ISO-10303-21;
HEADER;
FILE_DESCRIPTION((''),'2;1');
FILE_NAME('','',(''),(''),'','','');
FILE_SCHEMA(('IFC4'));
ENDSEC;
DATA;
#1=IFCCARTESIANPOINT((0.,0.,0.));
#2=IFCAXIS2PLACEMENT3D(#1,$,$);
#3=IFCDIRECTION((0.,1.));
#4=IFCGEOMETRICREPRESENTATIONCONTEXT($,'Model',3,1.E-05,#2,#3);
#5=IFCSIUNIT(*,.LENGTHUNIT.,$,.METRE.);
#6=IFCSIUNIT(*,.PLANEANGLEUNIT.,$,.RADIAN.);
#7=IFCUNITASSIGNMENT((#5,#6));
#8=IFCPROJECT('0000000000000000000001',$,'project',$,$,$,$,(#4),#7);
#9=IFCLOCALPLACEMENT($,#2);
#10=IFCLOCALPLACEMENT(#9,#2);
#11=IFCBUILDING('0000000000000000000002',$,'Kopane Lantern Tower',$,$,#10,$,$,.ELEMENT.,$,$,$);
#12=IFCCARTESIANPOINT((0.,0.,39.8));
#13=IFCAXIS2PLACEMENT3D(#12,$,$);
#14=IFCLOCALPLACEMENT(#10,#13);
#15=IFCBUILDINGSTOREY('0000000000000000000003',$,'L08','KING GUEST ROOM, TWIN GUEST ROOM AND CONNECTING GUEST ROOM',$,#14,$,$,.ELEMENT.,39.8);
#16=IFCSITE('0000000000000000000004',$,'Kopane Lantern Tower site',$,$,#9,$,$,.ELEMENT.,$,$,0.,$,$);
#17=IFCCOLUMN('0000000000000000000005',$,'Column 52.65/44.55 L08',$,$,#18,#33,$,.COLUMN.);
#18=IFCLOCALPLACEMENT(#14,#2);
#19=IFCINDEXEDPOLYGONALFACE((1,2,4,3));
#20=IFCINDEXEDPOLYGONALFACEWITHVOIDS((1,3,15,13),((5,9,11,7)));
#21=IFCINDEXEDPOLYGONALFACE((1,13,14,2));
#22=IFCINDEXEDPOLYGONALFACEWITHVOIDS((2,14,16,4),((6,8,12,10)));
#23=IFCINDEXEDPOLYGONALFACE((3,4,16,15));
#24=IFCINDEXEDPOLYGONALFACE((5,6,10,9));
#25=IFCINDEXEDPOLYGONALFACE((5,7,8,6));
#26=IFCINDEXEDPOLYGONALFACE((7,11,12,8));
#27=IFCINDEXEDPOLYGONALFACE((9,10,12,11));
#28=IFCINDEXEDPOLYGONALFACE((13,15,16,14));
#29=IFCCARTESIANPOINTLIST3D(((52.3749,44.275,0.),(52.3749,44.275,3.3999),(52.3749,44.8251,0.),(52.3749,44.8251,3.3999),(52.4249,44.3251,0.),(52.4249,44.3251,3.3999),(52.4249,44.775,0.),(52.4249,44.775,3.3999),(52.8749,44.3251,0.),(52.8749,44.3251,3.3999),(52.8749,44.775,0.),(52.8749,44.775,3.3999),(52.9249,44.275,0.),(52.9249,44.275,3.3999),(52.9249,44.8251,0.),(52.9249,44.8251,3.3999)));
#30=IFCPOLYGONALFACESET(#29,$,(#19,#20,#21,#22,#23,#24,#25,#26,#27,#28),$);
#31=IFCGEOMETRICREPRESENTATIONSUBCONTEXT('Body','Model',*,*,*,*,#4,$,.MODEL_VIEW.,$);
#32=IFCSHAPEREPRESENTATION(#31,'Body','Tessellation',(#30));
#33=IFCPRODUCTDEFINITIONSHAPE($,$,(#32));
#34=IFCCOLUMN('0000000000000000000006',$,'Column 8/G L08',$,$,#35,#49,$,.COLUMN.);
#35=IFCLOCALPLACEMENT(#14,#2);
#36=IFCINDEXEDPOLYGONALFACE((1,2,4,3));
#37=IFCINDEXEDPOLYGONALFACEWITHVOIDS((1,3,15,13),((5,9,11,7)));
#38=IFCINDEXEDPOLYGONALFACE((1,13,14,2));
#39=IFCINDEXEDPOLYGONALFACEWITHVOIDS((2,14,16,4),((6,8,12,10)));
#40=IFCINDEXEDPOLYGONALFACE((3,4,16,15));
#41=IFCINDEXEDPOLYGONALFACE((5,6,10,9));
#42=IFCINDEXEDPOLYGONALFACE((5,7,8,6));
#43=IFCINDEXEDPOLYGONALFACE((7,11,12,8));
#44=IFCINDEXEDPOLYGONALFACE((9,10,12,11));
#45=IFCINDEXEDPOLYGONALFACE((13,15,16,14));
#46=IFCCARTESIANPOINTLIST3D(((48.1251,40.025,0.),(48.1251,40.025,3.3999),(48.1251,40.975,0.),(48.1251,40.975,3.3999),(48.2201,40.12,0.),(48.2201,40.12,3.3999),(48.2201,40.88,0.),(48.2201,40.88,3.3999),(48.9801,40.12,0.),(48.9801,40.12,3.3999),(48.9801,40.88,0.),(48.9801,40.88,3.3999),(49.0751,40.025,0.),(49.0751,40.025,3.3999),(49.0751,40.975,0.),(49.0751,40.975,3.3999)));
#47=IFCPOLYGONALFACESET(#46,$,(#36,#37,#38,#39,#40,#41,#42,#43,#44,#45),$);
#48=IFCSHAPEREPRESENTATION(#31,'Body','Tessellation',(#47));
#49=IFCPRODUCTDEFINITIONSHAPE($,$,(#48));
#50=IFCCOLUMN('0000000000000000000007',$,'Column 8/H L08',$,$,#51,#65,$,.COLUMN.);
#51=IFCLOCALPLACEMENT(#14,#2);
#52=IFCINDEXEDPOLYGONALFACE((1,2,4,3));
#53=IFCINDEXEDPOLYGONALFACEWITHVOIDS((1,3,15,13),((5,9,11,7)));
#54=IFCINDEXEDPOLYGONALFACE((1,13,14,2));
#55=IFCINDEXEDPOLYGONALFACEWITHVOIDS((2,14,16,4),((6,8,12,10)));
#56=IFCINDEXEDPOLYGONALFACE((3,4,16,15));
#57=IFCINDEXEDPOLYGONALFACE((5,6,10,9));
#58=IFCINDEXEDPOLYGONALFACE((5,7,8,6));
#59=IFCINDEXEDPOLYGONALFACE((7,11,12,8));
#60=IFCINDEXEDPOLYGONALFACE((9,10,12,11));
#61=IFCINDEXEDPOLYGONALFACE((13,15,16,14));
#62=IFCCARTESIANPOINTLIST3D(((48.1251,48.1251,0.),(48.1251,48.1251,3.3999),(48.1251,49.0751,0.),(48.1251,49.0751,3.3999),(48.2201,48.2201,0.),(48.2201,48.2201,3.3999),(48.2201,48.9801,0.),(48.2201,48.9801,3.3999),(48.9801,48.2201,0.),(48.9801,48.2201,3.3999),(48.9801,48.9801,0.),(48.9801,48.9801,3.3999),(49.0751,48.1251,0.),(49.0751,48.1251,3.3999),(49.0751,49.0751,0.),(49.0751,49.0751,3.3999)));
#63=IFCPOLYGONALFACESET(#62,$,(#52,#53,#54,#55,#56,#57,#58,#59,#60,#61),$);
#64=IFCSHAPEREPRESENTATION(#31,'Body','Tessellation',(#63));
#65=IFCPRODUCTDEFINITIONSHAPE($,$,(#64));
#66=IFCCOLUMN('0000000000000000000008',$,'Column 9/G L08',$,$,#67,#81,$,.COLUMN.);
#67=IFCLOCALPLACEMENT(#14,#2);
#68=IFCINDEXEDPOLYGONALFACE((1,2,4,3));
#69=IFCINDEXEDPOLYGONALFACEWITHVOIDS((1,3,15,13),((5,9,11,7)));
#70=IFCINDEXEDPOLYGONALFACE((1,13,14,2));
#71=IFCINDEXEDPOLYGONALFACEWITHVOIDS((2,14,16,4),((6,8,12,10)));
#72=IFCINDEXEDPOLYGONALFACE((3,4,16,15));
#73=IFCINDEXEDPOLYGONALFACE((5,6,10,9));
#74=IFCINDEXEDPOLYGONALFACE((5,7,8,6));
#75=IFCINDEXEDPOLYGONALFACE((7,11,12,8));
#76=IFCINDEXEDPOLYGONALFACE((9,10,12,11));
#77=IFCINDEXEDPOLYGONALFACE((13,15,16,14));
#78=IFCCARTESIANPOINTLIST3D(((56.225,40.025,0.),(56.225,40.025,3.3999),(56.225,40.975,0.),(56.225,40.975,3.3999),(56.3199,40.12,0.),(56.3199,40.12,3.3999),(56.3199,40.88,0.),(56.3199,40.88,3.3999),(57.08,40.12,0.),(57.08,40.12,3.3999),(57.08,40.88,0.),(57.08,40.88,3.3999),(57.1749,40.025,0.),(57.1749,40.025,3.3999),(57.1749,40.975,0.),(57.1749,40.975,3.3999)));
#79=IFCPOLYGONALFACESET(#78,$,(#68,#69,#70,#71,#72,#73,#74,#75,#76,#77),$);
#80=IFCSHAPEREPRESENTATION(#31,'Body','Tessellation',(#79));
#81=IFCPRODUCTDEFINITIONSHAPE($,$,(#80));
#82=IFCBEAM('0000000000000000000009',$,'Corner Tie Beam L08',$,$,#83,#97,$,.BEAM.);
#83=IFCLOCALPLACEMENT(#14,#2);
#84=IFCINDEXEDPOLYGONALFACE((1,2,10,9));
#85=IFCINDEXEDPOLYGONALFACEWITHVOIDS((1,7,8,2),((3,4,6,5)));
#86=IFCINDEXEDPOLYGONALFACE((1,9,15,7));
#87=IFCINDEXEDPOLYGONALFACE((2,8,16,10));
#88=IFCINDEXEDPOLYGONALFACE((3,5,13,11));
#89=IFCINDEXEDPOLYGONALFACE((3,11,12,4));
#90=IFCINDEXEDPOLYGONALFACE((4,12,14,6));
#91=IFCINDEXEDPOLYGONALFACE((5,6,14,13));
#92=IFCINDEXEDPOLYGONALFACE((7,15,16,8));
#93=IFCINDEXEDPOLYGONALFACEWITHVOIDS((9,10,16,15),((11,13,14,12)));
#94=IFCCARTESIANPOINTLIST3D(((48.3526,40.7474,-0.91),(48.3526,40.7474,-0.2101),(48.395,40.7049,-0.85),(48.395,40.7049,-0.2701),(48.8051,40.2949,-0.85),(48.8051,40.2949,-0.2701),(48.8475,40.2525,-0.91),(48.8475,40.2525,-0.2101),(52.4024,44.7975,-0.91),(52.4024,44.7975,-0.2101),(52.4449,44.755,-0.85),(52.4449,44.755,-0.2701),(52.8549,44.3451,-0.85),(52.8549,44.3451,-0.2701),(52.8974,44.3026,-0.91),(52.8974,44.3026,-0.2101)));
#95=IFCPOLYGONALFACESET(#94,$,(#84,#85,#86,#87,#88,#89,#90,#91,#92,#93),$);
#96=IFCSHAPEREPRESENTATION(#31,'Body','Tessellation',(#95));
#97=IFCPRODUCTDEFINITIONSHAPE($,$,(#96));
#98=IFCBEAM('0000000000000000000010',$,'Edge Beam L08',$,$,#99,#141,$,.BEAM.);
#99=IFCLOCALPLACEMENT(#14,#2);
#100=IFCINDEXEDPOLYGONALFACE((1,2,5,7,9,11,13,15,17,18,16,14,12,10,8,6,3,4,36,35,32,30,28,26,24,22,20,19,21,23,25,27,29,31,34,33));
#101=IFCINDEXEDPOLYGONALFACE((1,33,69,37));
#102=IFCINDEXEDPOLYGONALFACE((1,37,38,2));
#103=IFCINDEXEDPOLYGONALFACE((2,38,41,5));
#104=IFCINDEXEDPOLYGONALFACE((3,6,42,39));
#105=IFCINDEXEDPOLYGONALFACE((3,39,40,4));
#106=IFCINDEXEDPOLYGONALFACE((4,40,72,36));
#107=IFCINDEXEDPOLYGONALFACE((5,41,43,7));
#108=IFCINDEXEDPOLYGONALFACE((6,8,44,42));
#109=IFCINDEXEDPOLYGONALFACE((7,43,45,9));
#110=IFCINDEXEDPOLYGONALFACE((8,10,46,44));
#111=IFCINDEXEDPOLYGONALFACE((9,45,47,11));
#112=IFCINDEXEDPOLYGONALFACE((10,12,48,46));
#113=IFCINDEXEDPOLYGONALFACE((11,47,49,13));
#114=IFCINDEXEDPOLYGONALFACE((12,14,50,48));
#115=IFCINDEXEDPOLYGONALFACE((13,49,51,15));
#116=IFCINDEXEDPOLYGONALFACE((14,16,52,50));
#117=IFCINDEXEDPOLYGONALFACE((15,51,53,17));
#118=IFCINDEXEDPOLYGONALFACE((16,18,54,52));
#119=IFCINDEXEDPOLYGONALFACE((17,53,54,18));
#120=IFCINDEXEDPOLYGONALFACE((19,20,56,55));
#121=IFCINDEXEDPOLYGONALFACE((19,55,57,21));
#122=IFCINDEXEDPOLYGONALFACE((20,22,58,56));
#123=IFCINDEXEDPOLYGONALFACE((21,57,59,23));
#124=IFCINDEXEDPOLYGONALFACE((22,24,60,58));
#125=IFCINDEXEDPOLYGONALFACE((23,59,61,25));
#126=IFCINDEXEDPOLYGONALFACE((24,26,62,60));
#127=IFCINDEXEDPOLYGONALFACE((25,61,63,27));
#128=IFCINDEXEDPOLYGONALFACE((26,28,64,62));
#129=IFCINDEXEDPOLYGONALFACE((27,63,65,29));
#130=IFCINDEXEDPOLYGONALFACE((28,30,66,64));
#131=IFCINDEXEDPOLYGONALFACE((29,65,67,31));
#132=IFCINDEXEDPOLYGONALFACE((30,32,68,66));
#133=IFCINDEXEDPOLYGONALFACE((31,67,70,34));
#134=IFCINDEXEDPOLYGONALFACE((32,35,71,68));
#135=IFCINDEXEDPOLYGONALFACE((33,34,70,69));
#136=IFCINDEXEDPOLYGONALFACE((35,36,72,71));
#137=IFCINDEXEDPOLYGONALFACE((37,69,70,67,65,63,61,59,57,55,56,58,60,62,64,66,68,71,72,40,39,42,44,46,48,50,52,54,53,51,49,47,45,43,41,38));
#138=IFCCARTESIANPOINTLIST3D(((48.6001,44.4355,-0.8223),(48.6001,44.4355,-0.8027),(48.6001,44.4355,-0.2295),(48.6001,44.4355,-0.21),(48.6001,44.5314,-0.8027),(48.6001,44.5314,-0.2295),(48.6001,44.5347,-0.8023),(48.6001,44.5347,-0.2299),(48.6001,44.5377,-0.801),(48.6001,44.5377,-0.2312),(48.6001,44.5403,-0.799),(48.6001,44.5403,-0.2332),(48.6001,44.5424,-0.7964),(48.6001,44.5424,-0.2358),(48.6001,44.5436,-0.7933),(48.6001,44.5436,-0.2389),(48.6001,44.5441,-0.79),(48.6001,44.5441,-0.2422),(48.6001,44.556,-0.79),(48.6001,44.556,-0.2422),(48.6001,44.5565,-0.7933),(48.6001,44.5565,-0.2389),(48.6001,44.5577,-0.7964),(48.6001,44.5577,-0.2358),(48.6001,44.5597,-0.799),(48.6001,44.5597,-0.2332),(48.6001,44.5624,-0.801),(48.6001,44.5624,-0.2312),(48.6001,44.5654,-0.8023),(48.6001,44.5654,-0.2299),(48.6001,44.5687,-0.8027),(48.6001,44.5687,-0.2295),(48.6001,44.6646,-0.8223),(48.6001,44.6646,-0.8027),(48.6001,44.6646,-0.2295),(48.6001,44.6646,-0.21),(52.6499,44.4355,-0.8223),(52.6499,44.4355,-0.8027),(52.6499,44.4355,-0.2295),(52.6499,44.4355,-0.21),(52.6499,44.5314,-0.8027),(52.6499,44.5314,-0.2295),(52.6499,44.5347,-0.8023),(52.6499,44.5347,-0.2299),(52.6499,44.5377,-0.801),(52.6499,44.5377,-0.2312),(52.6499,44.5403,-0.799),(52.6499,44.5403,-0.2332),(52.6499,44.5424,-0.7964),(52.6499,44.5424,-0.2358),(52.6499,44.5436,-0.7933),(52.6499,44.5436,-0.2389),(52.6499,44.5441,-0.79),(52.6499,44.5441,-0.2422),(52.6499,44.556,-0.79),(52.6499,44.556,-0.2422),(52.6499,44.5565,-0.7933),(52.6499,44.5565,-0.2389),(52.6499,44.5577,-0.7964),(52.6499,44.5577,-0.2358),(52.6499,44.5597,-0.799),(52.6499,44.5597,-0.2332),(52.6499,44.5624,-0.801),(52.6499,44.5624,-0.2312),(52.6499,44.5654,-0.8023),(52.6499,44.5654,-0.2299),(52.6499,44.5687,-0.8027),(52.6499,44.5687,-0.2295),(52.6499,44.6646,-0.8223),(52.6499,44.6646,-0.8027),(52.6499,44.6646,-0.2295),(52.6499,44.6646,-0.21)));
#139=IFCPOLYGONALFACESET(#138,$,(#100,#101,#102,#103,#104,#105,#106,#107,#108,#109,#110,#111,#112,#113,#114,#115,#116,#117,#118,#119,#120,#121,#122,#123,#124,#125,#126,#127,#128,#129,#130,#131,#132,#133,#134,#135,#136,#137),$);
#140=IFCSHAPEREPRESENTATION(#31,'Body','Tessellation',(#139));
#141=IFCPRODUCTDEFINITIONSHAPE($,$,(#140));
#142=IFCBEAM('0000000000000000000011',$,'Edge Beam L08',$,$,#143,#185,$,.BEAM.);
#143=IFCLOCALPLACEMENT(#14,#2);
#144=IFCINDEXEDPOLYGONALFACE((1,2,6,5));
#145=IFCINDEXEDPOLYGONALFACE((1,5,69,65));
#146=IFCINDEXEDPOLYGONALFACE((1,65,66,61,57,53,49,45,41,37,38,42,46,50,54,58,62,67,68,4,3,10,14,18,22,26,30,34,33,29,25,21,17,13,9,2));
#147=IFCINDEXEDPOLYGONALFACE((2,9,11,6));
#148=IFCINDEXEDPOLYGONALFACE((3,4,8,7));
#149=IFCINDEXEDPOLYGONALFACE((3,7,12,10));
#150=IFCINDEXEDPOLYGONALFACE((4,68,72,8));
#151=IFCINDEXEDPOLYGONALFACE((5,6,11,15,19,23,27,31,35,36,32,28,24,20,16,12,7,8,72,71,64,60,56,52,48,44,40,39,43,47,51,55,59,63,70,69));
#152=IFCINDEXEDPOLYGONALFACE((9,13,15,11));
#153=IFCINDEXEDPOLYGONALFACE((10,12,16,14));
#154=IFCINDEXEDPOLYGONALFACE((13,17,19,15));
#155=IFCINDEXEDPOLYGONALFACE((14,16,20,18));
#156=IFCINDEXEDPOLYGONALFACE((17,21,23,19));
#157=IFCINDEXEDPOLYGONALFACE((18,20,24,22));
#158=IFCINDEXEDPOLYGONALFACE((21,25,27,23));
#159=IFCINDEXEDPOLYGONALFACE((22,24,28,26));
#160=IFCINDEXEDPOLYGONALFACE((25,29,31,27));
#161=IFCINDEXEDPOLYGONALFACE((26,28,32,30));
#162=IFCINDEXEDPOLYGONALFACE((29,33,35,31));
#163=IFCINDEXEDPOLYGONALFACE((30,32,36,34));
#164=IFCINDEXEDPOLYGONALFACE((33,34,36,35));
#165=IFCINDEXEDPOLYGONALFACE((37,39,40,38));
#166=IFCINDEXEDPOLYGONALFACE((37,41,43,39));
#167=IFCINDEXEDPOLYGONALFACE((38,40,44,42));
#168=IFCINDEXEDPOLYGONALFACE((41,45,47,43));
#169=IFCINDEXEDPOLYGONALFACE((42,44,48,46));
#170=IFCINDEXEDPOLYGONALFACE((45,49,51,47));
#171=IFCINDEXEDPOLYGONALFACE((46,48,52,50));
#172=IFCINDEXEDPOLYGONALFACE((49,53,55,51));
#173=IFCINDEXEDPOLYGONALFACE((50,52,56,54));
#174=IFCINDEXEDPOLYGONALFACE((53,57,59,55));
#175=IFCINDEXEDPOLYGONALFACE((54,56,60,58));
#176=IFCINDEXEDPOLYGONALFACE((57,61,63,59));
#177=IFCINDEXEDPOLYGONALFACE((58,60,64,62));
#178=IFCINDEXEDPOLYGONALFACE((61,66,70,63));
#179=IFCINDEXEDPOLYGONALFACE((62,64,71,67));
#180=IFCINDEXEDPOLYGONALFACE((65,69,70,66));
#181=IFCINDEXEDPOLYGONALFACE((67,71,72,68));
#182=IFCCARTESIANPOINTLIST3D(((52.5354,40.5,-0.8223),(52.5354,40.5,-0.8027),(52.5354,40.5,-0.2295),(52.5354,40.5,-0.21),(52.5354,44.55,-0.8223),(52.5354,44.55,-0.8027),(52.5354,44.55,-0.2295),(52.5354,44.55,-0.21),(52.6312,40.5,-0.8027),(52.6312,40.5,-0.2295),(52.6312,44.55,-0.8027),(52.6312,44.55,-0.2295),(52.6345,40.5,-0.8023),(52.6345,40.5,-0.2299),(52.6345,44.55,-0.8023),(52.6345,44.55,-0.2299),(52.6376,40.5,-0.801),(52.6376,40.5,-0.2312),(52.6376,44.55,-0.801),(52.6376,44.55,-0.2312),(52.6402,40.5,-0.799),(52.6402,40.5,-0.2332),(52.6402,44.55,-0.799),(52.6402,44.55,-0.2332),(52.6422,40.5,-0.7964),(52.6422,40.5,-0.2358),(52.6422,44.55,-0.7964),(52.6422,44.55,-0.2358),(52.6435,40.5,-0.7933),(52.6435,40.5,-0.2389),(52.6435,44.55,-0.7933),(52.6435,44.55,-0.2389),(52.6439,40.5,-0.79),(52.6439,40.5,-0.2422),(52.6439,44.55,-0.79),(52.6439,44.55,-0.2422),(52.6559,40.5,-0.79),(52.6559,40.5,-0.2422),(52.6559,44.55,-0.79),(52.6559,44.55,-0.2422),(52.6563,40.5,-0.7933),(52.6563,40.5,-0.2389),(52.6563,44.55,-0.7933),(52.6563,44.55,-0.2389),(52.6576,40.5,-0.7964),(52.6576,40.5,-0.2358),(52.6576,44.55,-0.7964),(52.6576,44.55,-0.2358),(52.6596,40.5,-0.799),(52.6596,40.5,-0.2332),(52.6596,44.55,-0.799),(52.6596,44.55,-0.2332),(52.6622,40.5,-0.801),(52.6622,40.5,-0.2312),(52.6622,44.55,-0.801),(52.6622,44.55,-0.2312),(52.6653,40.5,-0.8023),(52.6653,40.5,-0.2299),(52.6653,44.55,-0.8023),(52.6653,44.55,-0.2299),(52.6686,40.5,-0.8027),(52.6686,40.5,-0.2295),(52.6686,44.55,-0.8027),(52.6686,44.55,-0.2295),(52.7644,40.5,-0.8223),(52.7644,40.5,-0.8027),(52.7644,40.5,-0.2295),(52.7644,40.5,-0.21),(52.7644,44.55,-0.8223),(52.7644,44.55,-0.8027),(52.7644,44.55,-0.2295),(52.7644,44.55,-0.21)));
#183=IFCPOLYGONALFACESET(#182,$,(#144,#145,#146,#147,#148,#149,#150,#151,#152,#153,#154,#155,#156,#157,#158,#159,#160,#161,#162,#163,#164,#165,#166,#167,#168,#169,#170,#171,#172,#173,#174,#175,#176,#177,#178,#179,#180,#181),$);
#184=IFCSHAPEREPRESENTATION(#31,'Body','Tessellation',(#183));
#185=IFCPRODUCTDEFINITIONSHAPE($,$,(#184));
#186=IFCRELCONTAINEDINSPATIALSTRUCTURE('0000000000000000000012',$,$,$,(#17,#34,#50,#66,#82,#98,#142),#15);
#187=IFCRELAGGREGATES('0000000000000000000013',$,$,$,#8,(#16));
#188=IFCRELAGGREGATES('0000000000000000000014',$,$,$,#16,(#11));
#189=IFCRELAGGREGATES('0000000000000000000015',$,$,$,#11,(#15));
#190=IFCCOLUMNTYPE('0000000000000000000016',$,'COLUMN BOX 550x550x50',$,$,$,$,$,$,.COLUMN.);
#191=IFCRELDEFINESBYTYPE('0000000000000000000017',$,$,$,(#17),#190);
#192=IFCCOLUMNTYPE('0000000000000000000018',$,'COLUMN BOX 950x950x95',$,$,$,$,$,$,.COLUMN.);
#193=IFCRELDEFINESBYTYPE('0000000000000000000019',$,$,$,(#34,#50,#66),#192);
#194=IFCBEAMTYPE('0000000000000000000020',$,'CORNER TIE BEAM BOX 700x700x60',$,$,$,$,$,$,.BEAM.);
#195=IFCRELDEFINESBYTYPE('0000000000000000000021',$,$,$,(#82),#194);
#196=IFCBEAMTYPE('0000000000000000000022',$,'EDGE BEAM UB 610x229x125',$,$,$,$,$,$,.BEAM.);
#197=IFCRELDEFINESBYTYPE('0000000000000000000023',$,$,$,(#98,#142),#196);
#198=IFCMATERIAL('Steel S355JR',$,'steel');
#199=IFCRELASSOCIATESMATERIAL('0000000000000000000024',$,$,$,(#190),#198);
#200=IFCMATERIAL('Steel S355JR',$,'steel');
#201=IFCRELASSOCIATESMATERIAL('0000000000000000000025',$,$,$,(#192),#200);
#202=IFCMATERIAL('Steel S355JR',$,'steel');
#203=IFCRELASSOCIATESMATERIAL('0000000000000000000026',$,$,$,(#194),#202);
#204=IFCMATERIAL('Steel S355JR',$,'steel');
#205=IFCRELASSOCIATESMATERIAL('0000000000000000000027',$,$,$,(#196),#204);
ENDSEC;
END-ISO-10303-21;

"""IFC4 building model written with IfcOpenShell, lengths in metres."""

from ifc_helpers import new_model, si_unit, direction, frame, origin, origin_2d, place, context, subcontext, project, spatial, hollow_rectangle, i_section, extrude, material, material_profile, profile_set, type_object, element, save


model = new_model("IFC4")

# Units and contexts
model_context = context("Model", 3, precision=1e-05, world=origin(), true_north=direction((0.0, 1.0)))
body_context = subcontext(model_context, "Body", "Model", "MODEL_VIEW")
ifc_project = project(units=[si_unit("LENGTHUNIT", "METRE"), si_unit("PLANEANGLEUNIT", "RADIAN")], contexts=[model_context])

# Site, building, storey
site_placement = place(None, origin())
site = spatial("IfcSite", under=ifc_project, at=site_placement, Name="Kopane Lantern Tower site", CompositionType="ELEMENT", RefElevation=0.0)
building_placement = place(site_placement, origin())
building = spatial("IfcBuilding", under=site, at=building_placement, Name="Kopane Lantern Tower", CompositionType="ELEMENT")
storey_placement = place(building_placement, frame((0.0, 0.0, 39.8)))
storey = spatial("IfcBuildingStorey", under=building, at=storey_placement, Name="L08", Description="KING GUEST ROOM, TWIN GUEST ROOM AND CONNECTING GUEST ROOM", CompositionType="ELEMENT", Elevation=39.8)

# Columns
ifc_material_1 = material(Name="Steel S355JR", Category="steel")
ifc_material_profile_1 = material_profile(ifc_material_1, hollow_rectangle(XDim=0.55, YDim=0.55, WallThickness=0.05, at=origin_2d()), Name="BOX 550x550x50")
ifc_profile_set_1 = profile_set([ifc_material_profile_1], Name="Steel S355JR")
column_type_1 = type_object("IfcColumnType", Name="COLUMN BOX 550x550x50", PredefinedType="COLUMN", material=ifc_profile_set_1)
column_placement = place(storey_placement, frame((52.6499, 44.55, 0.0), z_axis=(0.0, 0.0, 1.0), x_axis=(1.0, 0.0, 0.0)))
element("IfcColumn", 1, at=column_placement, inside=storey, type_object=column_type_1, Name="Column 52.65/44.55 L08", PredefinedType="COLUMN", context=body_context, shape_type="SweptSolid", body=[
    extrude(hollow_rectangle(XDim=0.55, YDim=0.55, WallThickness=0.05, at=origin_2d()), origin(), (0.0, 0.0, 1.0), 3.3999),
])
ifc_material_2 = material(Name="Steel S355JR", Category="steel")
ifc_material_profile_2 = material_profile(ifc_material_2, hollow_rectangle(XDim=0.95, YDim=0.95, WallThickness=0.095, at=origin_2d()), Name="BOX 950x950x95")
ifc_profile_set_2 = profile_set([ifc_material_profile_2], Name="Steel S355JR")
column_type_2 = type_object("IfcColumnType", Name="COLUMN BOX 950x950x95", PredefinedType="COLUMN", material=ifc_profile_set_2)
for number, where, z_axis, x_axis, name in (
    (2, (48.6001, 40.5, 0.0), (0.0, 0.0, 1.0), (1.0, 0.0, 0.0), "Column 8/G L08"),
    (3, (48.6001, 48.6001, 0.0), (0.0, 0.0, 1.0), (1.0, 0.0, 0.0), "Column 8/H L08"),
    (4, (56.7, 40.5, 0.0), (0.0, 0.0, 1.0), (1.0, 0.0, 0.0), "Column 9/G L08"),
):
    element("IfcColumn", number, at=place(storey_placement, frame(where, z_axis=z_axis, x_axis=x_axis)), inside=storey, type_object=column_type_2, Name=name, PredefinedType="COLUMN", context=body_context, shape_type="SweptSolid", body=[
        extrude(hollow_rectangle(XDim=0.95, YDim=0.95, WallThickness=0.095, at=origin_2d()), origin(), (0.0, 0.0, 1.0), 3.3999),
    ])

# Beams
ifc_material_3 = material(Name="Steel S355JR", Category="steel")
ifc_material_profile_3 = material_profile(ifc_material_3, hollow_rectangle(XDim=0.7, YDim=0.7, WallThickness=0.0601, at=origin_2d()), Name="BOX 700x700x60")
ifc_profile_set_3 = profile_set([ifc_material_profile_3], Name="Steel S355JR")
beam_type_1 = type_object("IfcBeamType", Name="CORNER TIE BEAM BOX 700x700x60", PredefinedType="BEAM", material=ifc_profile_set_3)
beam_1_placement = place(storey_placement, frame((52.6499, 44.55, -0.5601), z_axis=(-0.707085, -0.707128, 0.0), x_axis=(0.707128, -0.707085, 0.0)))
element("IfcBeam", 5, at=beam_1_placement, inside=storey, type_object=beam_type_1, Name="Corner Tie Beam L08", PredefinedType="BEAM", context=body_context, shape_type="SweptSolid", body=[
    extrude(hollow_rectangle(XDim=0.7, YDim=0.7, WallThickness=0.0601, at=origin_2d()), origin(), (0.0, 0.0, 1.0), 5.7275),
])
ifc_material_4 = material(Name="Steel S355JR", Category="steel")
ifc_material_profile_4 = material_profile(ifc_material_4, i_section(OverallWidth=0.229, OverallDepth=0.6123, WebThickness=0.012, FlangeThickness=0.0195, FilletRadius=0.0127, at=origin_2d()), Name="UB 610x229x125")
ifc_profile_set_4 = profile_set([ifc_material_profile_4], Name="Steel S355JR")
beam_type_2 = type_object("IfcBeamType", Name="EDGE BEAM UB 610x229x125", PredefinedType="BEAM", material=ifc_profile_set_4)
beam_2_placement = place(storey_placement, frame((52.6499, 44.55, -0.5161), z_axis=(-1.0, 0.0, 0.0), x_axis=(0.0, -1.0, 0.0)))
element("IfcBeam", 6, at=beam_2_placement, inside=storey, type_object=beam_type_2, Name="Edge Beam L08", PredefinedType="BEAM", context=body_context, shape_type="SweptSolid", body=[
    extrude(i_section(OverallWidth=0.229, OverallDepth=0.6123, WebThickness=0.012, FlangeThickness=0.0195, FilletRadius=0.0127, at=origin_2d()), origin(), (0.0, 0.0, 1.0), 4.0498),
])
beam_3_placement = place(storey_placement, frame((52.6499, 44.55, -0.5161), z_axis=(0.0, -1.0, 0.0), x_axis=(1.0, 0.0, 0.0)))
element("IfcBeam", 7, at=beam_3_placement, inside=storey, type_object=beam_type_2, Name="Edge Beam L08", PredefinedType="BEAM", context=body_context, shape_type="SweptSolid", body=[
    extrude(i_section(OverallWidth=0.229, OverallDepth=0.6123, WebThickness=0.012, FlangeThickness=0.0195, FilletRadius=0.0127, at=origin_2d()), origin(), (0.0, 0.0, 1.0), 4.05),
])

save(model, "model.ifc")
